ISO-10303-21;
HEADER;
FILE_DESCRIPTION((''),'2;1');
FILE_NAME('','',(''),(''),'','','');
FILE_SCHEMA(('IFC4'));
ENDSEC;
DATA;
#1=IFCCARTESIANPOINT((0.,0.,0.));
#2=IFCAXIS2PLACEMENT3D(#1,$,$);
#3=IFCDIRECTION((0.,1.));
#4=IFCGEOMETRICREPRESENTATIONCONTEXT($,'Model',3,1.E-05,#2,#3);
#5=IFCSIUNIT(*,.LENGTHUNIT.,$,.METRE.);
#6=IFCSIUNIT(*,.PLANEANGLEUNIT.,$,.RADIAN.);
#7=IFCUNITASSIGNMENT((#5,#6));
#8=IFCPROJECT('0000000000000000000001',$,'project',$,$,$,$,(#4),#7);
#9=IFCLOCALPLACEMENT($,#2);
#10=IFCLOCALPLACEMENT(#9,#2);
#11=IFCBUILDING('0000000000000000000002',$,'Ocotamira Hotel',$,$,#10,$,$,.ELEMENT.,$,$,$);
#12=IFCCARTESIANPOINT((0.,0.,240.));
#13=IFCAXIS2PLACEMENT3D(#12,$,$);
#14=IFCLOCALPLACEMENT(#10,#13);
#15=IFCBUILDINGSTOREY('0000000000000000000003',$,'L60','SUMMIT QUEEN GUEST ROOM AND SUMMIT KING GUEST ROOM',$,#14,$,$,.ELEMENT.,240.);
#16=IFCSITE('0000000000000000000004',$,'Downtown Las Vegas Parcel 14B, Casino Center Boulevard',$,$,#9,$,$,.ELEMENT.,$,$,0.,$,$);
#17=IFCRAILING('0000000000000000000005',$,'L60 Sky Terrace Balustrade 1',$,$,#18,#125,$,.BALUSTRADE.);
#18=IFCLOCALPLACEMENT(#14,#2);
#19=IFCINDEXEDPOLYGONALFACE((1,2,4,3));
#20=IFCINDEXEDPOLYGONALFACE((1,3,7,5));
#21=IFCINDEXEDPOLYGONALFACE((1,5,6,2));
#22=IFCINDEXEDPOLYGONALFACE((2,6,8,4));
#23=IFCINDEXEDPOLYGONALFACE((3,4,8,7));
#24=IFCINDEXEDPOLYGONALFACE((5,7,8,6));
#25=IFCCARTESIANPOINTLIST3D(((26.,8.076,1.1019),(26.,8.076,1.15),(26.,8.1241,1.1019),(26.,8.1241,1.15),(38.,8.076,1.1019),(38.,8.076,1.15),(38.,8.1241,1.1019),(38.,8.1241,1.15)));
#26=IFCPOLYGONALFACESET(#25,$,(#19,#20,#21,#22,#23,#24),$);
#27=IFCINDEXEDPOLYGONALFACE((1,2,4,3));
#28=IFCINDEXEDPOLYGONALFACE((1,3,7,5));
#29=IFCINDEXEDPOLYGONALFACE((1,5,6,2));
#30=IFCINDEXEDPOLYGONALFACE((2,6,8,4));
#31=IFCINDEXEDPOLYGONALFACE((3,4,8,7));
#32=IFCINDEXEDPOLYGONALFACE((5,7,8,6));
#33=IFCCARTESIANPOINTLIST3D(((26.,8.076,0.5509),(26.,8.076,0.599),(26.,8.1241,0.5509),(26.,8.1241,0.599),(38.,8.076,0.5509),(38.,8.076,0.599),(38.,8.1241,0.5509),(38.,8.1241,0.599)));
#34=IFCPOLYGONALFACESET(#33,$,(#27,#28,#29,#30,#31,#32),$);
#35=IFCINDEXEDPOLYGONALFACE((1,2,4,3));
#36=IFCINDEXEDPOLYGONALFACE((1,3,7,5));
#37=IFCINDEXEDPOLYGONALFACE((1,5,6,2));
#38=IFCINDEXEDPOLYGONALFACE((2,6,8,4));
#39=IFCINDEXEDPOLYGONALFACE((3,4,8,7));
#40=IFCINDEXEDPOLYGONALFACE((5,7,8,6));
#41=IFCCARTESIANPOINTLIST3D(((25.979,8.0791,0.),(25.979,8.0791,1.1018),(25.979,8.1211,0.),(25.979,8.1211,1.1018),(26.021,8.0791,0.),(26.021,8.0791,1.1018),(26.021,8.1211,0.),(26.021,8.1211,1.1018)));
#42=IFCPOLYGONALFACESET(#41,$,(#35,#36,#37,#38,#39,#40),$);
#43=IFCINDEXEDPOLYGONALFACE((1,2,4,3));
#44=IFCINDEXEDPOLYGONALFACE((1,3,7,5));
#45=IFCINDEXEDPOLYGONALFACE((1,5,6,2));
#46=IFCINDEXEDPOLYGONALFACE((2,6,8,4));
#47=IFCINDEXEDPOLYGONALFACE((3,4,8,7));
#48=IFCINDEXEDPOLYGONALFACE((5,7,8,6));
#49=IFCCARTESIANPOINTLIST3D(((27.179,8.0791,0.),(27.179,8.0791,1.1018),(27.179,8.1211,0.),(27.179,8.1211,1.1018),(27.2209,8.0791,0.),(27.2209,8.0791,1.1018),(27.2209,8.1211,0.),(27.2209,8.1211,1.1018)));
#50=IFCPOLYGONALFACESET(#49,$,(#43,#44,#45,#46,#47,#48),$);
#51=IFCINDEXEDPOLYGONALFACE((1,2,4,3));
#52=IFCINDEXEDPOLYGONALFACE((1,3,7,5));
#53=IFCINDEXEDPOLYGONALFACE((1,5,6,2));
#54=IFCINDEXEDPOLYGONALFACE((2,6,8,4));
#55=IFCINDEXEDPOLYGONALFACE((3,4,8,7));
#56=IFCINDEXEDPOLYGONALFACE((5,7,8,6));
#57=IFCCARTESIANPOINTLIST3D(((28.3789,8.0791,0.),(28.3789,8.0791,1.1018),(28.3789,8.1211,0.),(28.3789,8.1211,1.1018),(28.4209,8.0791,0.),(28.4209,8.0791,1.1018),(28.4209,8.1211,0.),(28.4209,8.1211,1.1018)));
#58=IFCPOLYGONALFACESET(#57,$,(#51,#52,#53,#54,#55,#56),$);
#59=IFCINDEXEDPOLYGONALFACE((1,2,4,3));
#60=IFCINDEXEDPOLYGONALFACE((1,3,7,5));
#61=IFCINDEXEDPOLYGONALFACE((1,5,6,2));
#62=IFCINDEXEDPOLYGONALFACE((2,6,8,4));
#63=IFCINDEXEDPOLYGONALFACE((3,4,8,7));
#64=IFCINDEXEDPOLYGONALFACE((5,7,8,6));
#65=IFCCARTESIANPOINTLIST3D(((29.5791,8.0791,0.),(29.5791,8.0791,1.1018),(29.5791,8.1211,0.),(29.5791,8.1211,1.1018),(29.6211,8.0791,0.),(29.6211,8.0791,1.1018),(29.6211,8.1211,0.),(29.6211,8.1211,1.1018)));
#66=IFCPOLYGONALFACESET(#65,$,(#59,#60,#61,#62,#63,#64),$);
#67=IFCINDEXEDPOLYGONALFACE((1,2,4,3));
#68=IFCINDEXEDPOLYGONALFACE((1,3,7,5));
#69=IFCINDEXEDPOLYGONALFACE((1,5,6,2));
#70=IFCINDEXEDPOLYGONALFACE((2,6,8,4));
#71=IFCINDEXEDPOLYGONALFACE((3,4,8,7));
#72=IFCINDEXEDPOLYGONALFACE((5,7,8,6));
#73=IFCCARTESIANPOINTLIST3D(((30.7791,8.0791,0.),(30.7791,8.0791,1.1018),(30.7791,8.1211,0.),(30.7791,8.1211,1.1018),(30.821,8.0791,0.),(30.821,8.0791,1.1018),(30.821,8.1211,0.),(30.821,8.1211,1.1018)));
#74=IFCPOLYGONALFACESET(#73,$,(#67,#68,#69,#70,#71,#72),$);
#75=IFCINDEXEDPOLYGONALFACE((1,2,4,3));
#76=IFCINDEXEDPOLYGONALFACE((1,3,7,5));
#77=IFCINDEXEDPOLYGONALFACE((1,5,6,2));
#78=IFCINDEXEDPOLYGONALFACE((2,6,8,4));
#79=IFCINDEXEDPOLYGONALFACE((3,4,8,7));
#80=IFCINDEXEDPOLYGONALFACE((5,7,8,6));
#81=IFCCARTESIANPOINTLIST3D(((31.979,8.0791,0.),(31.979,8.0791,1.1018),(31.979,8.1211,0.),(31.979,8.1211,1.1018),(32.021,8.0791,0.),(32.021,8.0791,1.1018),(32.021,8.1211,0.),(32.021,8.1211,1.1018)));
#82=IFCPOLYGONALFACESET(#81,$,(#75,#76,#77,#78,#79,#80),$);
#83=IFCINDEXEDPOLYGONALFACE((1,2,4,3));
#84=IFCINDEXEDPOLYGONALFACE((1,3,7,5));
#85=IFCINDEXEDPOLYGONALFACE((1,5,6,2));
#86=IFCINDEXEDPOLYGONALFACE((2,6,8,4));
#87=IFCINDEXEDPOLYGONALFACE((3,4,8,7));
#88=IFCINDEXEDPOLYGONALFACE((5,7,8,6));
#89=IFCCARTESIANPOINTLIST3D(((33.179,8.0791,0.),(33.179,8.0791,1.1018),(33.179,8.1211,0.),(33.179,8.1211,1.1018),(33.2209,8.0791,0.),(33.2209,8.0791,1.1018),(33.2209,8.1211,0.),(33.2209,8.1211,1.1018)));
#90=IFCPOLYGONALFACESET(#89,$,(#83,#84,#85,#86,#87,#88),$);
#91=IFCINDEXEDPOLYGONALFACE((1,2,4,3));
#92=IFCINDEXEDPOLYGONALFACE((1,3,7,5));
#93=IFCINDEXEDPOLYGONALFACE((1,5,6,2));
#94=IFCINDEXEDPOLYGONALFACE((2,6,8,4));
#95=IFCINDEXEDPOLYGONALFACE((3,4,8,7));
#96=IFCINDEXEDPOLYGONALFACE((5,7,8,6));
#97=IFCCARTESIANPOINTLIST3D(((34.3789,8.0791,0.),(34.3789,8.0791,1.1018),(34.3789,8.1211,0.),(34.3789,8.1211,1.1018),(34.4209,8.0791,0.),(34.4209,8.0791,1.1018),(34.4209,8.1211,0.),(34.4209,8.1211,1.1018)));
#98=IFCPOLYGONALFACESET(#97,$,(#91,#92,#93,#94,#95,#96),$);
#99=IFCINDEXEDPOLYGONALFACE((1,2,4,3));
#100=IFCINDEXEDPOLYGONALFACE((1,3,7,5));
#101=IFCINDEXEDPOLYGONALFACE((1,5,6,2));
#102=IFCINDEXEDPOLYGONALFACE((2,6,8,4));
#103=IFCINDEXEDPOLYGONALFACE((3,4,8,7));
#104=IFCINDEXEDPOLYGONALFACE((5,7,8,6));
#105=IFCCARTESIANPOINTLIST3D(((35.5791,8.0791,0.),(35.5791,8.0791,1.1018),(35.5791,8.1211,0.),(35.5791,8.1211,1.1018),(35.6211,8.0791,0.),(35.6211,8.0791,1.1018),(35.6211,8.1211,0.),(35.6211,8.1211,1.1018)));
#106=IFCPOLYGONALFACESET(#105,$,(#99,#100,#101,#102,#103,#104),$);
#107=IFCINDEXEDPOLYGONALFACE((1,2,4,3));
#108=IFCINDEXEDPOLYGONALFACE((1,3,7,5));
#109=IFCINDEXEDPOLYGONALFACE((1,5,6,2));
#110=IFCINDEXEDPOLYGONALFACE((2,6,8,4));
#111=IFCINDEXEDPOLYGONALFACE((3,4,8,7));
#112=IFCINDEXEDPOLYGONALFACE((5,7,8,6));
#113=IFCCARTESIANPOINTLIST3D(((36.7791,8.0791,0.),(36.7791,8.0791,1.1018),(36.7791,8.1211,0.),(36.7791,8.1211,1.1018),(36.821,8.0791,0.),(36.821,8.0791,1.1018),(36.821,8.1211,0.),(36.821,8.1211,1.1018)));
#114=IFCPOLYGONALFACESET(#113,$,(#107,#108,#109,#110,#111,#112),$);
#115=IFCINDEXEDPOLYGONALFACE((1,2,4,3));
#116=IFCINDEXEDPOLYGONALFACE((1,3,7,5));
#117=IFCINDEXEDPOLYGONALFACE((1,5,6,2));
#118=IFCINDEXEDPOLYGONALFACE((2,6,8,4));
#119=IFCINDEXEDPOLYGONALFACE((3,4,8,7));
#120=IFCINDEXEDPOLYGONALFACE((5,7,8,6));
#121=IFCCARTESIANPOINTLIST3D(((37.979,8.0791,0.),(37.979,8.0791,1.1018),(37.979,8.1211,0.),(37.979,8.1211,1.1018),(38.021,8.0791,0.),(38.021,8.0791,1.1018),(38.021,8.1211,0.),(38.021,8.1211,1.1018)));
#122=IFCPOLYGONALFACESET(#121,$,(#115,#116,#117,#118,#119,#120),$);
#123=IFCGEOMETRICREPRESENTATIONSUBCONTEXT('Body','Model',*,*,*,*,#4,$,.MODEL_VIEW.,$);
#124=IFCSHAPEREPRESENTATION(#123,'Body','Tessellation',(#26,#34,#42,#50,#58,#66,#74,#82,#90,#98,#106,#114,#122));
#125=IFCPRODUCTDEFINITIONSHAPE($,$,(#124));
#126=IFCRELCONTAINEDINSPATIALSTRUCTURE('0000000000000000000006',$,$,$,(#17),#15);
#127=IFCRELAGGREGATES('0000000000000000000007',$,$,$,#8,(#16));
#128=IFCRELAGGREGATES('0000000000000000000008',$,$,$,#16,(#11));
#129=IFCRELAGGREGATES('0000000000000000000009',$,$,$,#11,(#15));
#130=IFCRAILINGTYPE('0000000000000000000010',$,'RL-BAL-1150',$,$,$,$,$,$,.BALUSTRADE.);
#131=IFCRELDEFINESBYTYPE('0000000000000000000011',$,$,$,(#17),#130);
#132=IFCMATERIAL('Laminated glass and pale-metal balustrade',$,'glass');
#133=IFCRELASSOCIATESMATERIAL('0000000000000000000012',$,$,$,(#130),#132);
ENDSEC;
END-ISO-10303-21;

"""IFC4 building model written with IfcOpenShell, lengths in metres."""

from ifc_helpers import new_model, si_unit, direction, frame, origin, origin_2d, place, context, subcontext, project, spatial, rectangle, extrude, material, type_object, element, save


model = new_model("IFC4")

# Units and contexts
model_context = context("Model", 3, precision=1e-05, world=origin(), true_north=direction((0.0, 1.0)))
body_context = subcontext(model_context, "Body", "Model", "MODEL_VIEW")
ifc_project = project(units=[si_unit("LENGTHUNIT", "METRE"), si_unit("PLANEANGLEUNIT", "RADIAN")], contexts=[model_context])

# Site, building, storey
site_placement = place(None, origin())
site = spatial("IfcSite", under=ifc_project, at=site_placement, Name="Downtown Las Vegas Parcel 14B, Casino Center Boulevard", CompositionType="ELEMENT", RefElevation=0.0)
building_placement = place(site_placement, origin())
building = spatial("IfcBuilding", under=site, at=building_placement, Name="Ocotamira Hotel", CompositionType="ELEMENT")
storey_placement = place(building_placement, frame((0.0, 0.0, 240.0)))
storey = spatial("IfcBuildingStorey", under=building, at=storey_placement, Name="L60", Description="SUMMIT QUEEN GUEST ROOM AND SUMMIT KING GUEST ROOM", CompositionType="ELEMENT", Elevation=240.0)

# Railing
ifc_material_1 = material(Name="Laminated glass and pale-metal balustrade", Category="glass")
railing_type = type_object("IfcRailingType", Name="RL-BAL-1150", PredefinedType="BALUSTRADE", material=ifc_material_1)
railing_placement = place(storey_placement, frame((26.0, 8.1001, 0.0)))
element("IfcRailing", 1, at=railing_placement, inside=storey, type_object=railing_type, Name="L60 Sky Terrace Balustrade 1", PredefinedType="BALUSTRADE", context=body_context, shape_type="SweptSolid", body=[
    extrude(rectangle(XDim=0.0481, YDim=0.0481, at=origin_2d()), frame((0.0, 0.0, 1.126), z_axis=(1.0, 0.0, 0.0), x_axis=(0.0, 1.0, 0.0)), (0.0, 0.0, 1.0), 12.0),
    extrude(rectangle(XDim=0.0481, YDim=0.0481, at=origin_2d()), frame((0.0, 0.0, 0.575), z_axis=(1.0, 0.0, 0.0), x_axis=(0.0, 1.0, 0.0)), (0.0, 0.0, 1.0), 12.0),
    extrude(rectangle(XDim=0.042, YDim=0.042, at=origin_2d()), origin(), (0.0, 0.0, 1.0), 1.1018),
    extrude(rectangle(XDim=0.042, YDim=0.042, at=origin_2d()), frame((1.2, 0.0, 0.0)), (0.0, 0.0, 1.0), 1.1018),
    extrude(rectangle(XDim=0.042, YDim=0.042, at=origin_2d()), frame((2.3999, 0.0, 0.0)), (0.0, 0.0, 1.0), 1.1018),
    extrude(rectangle(XDim=0.042, YDim=0.042, at=origin_2d()), frame((3.6001, 0.0, 0.0)), (0.0, 0.0, 1.0), 1.1018),
    extrude(rectangle(XDim=0.042, YDim=0.042, at=origin_2d()), frame((4.8, 0.0, 0.0)), (0.0, 0.0, 1.0), 1.1018),
    extrude(rectangle(XDim=0.042, YDim=0.042, at=origin_2d()), frame((6.0, 0.0, 0.0)), (0.0, 0.0, 1.0), 1.1018),
    extrude(rectangle(XDim=0.042, YDim=0.042, at=origin_2d()), frame((7.2, 0.0, 0.0)), (0.0, 0.0, 1.0), 1.1018),
    extrude(rectangle(XDim=0.042, YDim=0.042, at=origin_2d()), frame((8.3999, 0.0, 0.0)), (0.0, 0.0, 1.0), 1.1018),
    extrude(rectangle(XDim=0.042, YDim=0.042, at=origin_2d()), frame((9.6001, 0.0, 0.0)), (0.0, 0.0, 1.0), 1.1018),
    extrude(rectangle(XDim=0.042, YDim=0.042, at=origin_2d()), frame((10.8, 0.0, 0.0)), (0.0, 0.0, 1.0), 1.1018),
    extrude(rectangle(XDim=0.042, YDim=0.042, at=origin_2d()), frame((12.0, 0.0, 0.0)), (0.0, 0.0, 1.0), 1.1018),
])

save(model, "model.ifc")
